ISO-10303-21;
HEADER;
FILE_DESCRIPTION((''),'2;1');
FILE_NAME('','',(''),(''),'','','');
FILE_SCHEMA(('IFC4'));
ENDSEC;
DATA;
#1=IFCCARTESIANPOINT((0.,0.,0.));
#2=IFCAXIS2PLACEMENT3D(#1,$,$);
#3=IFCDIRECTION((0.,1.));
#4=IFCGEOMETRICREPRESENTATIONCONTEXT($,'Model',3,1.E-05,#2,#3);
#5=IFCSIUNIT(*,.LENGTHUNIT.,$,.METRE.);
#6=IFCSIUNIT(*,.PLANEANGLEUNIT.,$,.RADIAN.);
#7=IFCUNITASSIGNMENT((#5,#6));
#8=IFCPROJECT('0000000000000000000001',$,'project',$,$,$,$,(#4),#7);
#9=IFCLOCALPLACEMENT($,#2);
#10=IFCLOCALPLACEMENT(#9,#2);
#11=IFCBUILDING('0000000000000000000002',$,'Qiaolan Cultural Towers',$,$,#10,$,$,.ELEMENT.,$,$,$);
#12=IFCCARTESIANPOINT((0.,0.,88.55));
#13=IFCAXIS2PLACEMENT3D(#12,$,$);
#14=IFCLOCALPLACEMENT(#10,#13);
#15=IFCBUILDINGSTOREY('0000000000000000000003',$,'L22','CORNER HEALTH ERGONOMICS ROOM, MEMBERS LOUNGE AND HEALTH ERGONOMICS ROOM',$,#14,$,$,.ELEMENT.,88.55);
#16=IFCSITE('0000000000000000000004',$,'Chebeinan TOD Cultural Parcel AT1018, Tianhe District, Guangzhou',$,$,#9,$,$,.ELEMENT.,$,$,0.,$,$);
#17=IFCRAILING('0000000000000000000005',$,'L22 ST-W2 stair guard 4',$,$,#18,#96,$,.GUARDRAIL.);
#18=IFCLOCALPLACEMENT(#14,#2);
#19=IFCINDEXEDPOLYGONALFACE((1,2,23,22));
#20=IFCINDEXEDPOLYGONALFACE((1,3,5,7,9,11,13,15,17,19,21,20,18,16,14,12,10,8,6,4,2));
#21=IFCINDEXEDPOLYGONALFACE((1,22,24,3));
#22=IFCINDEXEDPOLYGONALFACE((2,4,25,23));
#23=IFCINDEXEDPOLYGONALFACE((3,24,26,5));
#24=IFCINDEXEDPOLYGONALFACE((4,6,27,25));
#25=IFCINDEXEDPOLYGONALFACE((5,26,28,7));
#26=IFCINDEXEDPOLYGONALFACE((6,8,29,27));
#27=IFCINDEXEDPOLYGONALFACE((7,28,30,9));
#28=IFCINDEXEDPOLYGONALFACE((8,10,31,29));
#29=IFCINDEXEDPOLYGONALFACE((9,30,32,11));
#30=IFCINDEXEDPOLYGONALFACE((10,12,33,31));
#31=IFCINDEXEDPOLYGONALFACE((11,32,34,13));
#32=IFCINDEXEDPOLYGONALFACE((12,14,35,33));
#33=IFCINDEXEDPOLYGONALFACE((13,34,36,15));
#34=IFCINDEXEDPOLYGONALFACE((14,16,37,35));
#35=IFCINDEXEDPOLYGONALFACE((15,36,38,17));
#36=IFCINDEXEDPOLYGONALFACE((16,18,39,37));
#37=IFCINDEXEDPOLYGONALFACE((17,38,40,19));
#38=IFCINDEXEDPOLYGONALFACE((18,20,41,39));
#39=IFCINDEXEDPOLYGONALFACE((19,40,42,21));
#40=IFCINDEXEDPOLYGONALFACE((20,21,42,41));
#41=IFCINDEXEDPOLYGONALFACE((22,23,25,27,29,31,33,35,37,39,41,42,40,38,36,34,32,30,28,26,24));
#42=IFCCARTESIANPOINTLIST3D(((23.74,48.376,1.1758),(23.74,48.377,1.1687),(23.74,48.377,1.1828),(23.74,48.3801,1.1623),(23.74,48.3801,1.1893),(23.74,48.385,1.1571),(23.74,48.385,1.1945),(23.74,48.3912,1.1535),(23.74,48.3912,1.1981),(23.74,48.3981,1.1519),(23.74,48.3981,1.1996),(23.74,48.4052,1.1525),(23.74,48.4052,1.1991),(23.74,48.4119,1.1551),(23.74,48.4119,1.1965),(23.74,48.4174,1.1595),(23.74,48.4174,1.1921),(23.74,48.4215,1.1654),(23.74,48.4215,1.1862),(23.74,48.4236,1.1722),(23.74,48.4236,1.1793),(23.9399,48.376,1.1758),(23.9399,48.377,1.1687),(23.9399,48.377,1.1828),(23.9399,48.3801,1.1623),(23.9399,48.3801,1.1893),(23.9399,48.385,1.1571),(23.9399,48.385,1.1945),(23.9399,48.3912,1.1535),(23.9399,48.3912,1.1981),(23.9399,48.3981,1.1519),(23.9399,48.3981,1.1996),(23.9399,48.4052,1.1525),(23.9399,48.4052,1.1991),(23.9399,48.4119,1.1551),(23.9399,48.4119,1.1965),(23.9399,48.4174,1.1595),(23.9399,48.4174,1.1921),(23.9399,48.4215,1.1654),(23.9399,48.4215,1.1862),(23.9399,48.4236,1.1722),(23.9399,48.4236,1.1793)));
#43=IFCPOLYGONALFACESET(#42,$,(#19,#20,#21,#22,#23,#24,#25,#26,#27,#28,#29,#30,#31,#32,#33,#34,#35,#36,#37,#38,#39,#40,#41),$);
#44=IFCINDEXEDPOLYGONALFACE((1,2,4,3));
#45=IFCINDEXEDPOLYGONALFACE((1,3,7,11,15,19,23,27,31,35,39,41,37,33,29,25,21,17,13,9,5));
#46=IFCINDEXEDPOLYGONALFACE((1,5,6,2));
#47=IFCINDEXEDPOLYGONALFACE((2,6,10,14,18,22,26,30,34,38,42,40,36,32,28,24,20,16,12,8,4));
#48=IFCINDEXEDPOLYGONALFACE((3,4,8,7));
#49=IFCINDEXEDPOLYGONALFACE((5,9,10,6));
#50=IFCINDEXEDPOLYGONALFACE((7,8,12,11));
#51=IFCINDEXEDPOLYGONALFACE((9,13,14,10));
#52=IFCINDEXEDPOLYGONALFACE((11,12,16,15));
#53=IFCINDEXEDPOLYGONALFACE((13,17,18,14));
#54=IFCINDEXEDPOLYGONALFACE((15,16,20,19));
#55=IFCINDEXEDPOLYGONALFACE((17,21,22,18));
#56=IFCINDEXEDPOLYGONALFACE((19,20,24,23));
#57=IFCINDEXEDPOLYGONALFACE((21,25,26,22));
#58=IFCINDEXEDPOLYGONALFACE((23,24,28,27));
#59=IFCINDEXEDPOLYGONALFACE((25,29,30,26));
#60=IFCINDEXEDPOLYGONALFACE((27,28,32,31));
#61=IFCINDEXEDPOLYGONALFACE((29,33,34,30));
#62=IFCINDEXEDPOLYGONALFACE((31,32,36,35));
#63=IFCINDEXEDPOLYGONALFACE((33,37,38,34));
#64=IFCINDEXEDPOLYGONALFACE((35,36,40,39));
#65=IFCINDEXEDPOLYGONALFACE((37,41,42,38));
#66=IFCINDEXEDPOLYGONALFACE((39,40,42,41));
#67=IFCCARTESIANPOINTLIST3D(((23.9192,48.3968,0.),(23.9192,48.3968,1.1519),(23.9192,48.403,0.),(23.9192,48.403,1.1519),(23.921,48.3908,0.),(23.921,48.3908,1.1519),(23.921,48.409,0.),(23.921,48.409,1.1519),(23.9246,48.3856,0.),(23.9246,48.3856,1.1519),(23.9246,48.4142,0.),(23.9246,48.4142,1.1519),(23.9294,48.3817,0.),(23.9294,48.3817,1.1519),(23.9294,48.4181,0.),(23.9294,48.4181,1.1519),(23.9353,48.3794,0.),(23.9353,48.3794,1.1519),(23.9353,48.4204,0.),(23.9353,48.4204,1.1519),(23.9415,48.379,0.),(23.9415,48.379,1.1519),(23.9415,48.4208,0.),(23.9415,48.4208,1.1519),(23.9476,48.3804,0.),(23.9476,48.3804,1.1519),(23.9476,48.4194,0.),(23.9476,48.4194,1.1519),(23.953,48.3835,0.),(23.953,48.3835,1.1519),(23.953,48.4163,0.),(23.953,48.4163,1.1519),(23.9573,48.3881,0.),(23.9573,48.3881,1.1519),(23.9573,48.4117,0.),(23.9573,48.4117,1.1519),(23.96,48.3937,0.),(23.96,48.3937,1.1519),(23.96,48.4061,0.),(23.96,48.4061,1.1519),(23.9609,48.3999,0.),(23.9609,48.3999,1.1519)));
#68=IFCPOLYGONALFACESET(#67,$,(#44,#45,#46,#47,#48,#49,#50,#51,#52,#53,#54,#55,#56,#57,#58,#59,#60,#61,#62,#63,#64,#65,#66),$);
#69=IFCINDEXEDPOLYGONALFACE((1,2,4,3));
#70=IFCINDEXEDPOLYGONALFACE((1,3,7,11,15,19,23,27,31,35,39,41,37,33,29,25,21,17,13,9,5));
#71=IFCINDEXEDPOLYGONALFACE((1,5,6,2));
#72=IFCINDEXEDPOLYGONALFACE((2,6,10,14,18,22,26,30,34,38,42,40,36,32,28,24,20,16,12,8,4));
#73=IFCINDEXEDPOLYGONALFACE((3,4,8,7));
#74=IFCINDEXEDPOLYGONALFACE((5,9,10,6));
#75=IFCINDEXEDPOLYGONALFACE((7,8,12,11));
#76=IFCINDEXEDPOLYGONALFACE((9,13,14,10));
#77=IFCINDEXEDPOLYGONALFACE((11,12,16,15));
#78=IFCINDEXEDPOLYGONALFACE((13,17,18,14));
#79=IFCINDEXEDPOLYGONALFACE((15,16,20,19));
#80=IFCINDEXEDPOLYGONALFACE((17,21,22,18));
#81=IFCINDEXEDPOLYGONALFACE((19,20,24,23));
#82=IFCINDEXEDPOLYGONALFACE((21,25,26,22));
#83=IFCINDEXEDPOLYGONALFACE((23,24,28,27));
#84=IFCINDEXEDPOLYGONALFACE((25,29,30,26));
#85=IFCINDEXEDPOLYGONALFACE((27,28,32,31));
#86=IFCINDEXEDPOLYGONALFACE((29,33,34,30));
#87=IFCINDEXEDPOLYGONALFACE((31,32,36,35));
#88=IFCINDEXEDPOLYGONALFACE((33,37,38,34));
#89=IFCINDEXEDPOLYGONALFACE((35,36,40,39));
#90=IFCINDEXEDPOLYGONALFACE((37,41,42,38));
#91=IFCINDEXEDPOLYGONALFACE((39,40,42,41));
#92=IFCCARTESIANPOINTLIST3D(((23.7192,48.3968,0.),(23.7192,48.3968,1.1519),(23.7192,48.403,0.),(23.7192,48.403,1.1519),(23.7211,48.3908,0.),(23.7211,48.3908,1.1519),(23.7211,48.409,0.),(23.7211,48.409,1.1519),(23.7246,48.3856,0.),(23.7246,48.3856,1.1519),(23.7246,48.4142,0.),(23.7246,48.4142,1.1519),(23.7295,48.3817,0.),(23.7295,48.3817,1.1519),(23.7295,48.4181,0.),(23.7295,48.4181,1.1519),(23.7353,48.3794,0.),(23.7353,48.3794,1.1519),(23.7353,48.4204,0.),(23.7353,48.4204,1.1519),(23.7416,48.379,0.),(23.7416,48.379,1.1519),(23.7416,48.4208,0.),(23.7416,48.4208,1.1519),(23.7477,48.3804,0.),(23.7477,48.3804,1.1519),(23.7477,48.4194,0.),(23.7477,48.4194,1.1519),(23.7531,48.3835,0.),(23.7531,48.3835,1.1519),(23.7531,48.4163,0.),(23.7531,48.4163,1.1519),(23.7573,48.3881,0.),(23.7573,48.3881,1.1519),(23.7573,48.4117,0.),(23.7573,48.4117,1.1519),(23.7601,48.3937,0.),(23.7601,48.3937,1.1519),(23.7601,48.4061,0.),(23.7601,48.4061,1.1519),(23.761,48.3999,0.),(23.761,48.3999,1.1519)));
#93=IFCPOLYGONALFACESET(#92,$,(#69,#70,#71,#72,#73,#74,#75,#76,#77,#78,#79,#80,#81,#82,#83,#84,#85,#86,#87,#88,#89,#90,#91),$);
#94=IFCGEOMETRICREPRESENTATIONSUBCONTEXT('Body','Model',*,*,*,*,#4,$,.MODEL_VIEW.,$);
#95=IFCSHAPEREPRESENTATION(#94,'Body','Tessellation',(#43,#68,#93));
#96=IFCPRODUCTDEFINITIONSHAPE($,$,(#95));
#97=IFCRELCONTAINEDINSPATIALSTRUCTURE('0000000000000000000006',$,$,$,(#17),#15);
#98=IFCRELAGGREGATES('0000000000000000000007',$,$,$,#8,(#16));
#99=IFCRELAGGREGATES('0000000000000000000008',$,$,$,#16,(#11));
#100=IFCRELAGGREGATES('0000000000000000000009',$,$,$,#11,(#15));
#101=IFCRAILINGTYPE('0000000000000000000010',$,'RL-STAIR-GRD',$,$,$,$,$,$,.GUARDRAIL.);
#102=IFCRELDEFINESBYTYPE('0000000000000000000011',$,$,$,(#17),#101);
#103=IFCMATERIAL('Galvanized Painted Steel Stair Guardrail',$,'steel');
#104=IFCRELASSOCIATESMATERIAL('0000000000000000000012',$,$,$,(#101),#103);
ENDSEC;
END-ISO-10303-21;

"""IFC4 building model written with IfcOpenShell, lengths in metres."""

from ifc_helpers import new_model, si_unit, direction, frame, origin, origin_2d, place, context, subcontext, project, spatial, circle, extrude, material, type_object, element, save


model = new_model("IFC4")

# Units and contexts
model_context = context("Model", 3, precision=1e-05, world=origin(), true_north=direction((0.0, 1.0)))
body_context = subcontext(model_context, "Body", "Model", "MODEL_VIEW")
ifc_project = project(units=[si_unit("LENGTHUNIT", "METRE"), si_unit("PLANEANGLEUNIT", "RADIAN")], contexts=[model_context])

# Site, building, storey
site_placement = place(None, origin())
site = spatial("IfcSite", under=ifc_project, at=site_placement, Name="Chebeinan TOD Cultural Parcel AT1018, Tianhe District, Guangzhou", CompositionType="ELEMENT", RefElevation=0.0)
building_placement = place(site_placement, origin())
building = spatial("IfcBuilding", under=site, at=building_placement, Name="Qiaolan Cultural Towers", CompositionType="ELEMENT")
storey_placement = place(building_placement, frame((0.0, 0.0, 88.55)))
storey = spatial("IfcBuildingStorey", under=building, at=storey_placement, Name="L22", Description="CORNER HEALTH ERGONOMICS ROOM, MEMBERS LOUNGE AND HEALTH ERGONOMICS ROOM", CompositionType="ELEMENT", Elevation=88.55)

# Railing
ifc_material_1 = material(Name="Galvanized Painted Steel Stair Guardrail", Category="steel")
railing_type = type_object("IfcRailingType", Name="RL-STAIR-GRD", PredefinedType="GUARDRAIL", material=ifc_material_1)
railing_1_placement = place(storey_placement, frame((23.9399, 48.3999, 0.0)))
element("IfcRailing", 1, at=railing_1_placement, inside=storey, type_object=railing_type, Name="L22 ST-W2 stair guard 4", PredefinedType="GUARDRAIL", context=body_context, shape_type="SweptSolid", body=[
    extrude(circle(Radius=0.0239, at=origin_2d()), frame((0.0, 0.0, 1.1758), z_axis=(-1.0, 0.0, 0.0), x_axis=(0.0, -1.0, 0.0)), (0.0, 0.0, 1.0), 0.2),
    extrude(circle(Radius=0.021, at=origin_2d()), origin(), (0.0, 0.0, 1.0), 1.1519),
    extrude(circle(Radius=0.021, at=origin_2d()), frame((-0.2, 0.0, 0.0)), (0.0, 0.0, 1.0), 1.1519),
])

save(model, "model.ifc")
